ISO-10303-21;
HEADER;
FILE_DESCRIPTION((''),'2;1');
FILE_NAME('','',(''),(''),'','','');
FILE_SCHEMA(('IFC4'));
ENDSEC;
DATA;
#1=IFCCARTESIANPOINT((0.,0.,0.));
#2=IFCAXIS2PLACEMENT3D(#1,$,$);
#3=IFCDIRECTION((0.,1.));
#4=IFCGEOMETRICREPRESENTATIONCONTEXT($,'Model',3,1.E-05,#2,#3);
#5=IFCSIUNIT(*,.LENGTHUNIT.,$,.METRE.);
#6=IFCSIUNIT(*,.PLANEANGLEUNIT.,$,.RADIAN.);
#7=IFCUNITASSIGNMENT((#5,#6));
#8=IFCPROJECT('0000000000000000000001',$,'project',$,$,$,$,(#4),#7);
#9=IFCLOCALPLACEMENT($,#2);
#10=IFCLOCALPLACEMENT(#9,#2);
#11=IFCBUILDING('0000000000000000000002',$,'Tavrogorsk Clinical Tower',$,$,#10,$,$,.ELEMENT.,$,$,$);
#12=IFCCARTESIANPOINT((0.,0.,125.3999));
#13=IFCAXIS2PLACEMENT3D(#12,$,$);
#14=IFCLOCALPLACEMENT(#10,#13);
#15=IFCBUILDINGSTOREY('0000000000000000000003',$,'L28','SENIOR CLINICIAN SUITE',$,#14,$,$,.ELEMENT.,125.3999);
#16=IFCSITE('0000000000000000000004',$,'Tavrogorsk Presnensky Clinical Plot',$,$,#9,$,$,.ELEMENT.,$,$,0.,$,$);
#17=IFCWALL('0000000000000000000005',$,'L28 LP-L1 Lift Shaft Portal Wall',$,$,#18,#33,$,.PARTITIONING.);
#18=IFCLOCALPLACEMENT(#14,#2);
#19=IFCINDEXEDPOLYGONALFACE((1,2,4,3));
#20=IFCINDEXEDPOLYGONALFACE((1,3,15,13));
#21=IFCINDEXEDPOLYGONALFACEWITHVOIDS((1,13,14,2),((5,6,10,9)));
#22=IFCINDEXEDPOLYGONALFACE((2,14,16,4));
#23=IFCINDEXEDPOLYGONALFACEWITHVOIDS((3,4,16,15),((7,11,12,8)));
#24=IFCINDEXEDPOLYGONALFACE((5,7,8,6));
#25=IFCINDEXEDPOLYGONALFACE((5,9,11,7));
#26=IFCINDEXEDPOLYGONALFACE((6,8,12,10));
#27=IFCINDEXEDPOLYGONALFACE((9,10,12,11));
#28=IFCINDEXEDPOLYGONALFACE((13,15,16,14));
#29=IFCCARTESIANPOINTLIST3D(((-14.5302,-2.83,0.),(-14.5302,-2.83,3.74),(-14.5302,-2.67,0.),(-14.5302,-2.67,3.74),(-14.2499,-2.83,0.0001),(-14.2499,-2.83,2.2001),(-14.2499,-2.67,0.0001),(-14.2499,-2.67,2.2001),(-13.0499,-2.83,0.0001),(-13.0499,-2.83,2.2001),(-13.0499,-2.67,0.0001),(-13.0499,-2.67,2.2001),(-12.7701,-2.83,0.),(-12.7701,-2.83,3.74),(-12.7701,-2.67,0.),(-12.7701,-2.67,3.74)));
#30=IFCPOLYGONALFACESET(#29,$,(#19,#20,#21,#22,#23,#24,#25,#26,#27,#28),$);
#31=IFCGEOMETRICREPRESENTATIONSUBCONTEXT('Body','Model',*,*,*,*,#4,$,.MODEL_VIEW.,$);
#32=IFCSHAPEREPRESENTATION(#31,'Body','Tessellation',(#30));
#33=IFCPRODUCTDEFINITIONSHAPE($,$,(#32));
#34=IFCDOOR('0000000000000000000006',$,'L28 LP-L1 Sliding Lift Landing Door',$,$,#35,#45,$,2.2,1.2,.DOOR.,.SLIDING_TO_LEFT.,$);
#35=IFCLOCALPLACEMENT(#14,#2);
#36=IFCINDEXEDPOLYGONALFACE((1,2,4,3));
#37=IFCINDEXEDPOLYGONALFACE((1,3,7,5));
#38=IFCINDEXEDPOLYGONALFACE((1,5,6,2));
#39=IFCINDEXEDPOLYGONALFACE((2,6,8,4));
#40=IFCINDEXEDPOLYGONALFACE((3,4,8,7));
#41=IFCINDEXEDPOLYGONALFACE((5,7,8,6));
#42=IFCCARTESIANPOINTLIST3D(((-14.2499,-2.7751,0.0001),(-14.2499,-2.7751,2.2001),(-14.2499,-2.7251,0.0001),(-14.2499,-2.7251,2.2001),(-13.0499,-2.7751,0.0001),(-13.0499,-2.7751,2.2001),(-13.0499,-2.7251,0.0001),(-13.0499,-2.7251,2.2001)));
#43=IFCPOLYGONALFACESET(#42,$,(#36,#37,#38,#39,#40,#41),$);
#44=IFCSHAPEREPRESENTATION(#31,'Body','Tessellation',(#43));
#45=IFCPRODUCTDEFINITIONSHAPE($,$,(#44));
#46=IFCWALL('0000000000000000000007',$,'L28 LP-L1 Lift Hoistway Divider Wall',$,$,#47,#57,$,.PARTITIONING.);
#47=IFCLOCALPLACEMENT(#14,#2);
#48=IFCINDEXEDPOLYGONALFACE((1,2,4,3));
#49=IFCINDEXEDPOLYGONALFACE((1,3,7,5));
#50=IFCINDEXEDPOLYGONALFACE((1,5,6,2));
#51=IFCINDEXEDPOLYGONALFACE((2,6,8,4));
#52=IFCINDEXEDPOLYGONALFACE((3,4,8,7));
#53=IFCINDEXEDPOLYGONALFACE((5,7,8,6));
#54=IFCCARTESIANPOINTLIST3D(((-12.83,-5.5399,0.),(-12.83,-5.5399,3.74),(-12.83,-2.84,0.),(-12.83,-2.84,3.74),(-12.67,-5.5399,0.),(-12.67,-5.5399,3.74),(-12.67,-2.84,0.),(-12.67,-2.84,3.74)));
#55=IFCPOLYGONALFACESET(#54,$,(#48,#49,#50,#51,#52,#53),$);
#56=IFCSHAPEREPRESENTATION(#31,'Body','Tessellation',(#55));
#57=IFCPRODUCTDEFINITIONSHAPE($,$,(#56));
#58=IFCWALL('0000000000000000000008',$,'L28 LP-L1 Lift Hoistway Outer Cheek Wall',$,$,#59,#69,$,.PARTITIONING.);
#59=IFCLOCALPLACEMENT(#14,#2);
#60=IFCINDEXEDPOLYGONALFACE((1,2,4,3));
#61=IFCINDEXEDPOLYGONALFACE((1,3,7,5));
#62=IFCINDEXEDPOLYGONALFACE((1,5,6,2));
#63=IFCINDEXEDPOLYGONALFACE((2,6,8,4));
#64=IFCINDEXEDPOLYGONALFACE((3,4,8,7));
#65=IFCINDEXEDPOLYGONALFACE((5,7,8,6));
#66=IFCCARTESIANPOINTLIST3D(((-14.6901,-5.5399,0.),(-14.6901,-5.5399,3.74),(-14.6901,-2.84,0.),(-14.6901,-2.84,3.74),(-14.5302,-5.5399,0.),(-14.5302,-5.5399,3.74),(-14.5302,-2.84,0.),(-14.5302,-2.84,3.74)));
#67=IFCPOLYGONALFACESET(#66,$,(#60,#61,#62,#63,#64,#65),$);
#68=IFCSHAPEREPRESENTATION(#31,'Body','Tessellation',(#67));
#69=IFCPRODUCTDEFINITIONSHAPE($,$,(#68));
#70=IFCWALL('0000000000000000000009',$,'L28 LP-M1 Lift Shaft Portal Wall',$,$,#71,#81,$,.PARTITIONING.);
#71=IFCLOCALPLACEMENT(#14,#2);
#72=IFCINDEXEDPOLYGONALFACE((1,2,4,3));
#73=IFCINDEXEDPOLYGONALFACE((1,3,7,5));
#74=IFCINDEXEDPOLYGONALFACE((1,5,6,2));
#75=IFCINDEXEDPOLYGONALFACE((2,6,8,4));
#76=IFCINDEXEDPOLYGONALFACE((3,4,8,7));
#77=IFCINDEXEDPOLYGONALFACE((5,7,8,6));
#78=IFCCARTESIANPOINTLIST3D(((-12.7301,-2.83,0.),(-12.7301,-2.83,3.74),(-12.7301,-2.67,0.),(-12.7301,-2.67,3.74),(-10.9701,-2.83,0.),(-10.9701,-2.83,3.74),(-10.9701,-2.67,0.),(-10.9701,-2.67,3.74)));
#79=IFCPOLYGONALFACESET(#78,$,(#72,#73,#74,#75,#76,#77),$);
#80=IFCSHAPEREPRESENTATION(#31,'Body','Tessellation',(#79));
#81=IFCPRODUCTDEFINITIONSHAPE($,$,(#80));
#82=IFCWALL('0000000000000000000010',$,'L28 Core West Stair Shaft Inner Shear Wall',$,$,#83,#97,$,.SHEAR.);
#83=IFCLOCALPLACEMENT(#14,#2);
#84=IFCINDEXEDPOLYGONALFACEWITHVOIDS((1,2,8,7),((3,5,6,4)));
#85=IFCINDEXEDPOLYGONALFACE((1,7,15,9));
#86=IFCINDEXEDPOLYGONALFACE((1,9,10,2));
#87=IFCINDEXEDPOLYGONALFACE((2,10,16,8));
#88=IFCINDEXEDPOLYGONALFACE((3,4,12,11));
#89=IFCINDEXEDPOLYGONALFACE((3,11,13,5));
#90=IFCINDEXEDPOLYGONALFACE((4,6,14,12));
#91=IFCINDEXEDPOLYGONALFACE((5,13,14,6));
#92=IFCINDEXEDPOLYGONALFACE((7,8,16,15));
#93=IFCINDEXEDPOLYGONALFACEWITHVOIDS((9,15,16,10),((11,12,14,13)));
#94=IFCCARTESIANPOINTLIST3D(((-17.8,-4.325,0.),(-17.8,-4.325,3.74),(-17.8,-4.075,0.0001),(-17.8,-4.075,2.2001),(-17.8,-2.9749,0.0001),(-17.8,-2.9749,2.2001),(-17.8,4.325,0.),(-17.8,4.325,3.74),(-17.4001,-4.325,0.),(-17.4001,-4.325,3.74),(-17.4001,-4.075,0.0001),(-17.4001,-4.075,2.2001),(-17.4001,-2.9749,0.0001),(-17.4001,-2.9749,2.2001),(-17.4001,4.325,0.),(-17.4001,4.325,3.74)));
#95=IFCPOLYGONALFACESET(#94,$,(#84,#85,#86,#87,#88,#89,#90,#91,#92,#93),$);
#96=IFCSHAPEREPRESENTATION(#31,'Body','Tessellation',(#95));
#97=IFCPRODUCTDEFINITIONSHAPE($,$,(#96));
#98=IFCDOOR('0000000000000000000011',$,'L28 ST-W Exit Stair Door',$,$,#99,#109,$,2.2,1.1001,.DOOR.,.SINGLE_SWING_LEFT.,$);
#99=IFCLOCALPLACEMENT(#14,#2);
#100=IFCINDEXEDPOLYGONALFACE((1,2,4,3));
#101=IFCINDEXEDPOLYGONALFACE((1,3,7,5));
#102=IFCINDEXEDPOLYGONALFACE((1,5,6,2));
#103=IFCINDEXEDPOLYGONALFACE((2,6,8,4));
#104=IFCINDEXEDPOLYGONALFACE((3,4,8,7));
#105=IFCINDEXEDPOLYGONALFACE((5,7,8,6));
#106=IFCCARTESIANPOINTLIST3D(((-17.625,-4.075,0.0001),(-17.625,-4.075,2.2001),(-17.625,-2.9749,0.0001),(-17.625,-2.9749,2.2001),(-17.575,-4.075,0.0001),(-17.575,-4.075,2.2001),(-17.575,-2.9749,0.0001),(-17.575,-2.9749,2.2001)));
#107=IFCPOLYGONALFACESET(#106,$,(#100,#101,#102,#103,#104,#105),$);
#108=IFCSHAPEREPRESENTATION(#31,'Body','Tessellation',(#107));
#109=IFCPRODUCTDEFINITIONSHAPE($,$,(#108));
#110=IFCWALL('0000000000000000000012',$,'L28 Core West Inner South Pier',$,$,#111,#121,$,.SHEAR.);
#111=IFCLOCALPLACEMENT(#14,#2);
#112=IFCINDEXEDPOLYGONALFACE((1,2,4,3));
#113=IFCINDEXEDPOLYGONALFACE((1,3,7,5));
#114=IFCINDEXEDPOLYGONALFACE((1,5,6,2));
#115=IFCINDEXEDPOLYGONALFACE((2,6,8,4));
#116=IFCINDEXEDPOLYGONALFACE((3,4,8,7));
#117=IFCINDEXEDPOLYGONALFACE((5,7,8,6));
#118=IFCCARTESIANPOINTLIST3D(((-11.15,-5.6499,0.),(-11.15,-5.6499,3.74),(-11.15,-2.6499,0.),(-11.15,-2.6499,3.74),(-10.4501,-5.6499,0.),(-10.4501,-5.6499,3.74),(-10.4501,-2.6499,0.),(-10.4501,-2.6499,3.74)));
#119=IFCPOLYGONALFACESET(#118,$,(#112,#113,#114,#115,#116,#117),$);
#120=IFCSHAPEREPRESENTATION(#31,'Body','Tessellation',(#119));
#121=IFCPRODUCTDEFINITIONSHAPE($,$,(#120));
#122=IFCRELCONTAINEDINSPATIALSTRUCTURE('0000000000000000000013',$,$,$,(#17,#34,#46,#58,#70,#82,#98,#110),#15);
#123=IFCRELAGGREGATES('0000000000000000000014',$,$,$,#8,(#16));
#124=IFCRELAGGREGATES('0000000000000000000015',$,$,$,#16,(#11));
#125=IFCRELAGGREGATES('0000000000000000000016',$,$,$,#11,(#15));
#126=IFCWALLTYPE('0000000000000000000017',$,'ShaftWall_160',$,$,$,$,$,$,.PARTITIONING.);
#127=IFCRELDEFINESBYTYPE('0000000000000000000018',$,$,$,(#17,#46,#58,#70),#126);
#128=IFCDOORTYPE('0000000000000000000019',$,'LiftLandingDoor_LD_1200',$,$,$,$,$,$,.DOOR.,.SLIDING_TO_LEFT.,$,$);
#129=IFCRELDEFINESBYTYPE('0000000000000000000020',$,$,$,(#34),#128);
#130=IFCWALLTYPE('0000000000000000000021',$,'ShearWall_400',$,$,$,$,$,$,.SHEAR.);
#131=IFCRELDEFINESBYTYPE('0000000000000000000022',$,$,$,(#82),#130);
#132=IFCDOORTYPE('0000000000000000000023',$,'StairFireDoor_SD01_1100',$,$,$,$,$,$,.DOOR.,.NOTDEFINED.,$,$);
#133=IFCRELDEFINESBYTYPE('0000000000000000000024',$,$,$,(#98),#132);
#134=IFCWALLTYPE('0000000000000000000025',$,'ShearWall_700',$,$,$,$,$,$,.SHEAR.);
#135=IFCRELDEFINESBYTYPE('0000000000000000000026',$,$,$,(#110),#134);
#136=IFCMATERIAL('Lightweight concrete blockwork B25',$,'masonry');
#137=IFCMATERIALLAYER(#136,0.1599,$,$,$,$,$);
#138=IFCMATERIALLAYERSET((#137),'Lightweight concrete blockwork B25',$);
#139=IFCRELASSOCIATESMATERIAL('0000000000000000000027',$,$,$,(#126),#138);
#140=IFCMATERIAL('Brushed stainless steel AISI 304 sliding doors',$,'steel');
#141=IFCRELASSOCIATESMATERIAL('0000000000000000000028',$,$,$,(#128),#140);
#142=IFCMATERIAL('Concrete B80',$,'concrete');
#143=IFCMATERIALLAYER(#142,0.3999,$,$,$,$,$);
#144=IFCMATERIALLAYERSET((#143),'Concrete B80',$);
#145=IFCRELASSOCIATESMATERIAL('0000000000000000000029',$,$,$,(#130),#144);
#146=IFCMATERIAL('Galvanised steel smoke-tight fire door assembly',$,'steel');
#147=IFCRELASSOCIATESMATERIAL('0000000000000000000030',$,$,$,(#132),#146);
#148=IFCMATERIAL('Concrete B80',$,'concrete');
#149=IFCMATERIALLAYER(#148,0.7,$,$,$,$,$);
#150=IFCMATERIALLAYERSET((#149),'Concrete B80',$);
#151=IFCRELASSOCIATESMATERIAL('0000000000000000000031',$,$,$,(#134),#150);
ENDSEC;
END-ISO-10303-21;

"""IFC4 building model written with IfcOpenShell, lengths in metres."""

from ifc_helpers import new_model, si_unit, direction, frame, frame_2d, origin, place, context, subcontext, project, spatial, rectangle, extrude, material, layer, layer_set, type_object, element, fill, save


model = new_model("IFC4")

# Units and contexts
model_context = context("Model", 3, precision=1e-05, world=origin(), true_north=direction((0.0, 1.0)))
body_context = subcontext(model_context, "Body", "Model", "MODEL_VIEW")
ifc_project = project(units=[si_unit("LENGTHUNIT", "METRE"), si_unit("PLANEANGLEUNIT", "RADIAN")], contexts=[model_context])

# Site, building, storey
site_placement = place(None, origin())
site = spatial("IfcSite", under=ifc_project, at=site_placement, Name="Tavrogorsk Presnensky Clinical Plot", CompositionType="ELEMENT", RefElevation=0.0)
building_placement = place(site_placement, origin())
building = spatial("IfcBuilding", under=site, at=building_placement, Name="Tavrogorsk Clinical Tower", CompositionType="ELEMENT")
storey_placement = place(building_placement, frame((0.0, 0.0, 125.3999)))
storey = spatial("IfcBuildingStorey", under=building, at=storey_placement, Name="L28", Description="SENIOR CLINICIAN SUITE", CompositionType="ELEMENT", Elevation=125.3999)

# Wall, opening, door
ifc_material_1 = material(Name="Lightweight concrete blockwork B25", Category="masonry")
ifc_layer_1 = layer(ifc_material_1, 0.1599)
ifc_layer_set_1 = layer_set([ifc_layer_1], Name="Lightweight concrete blockwork B25")
wall_type_1 = type_object("IfcWallType", Name="ShaftWall_160", PredefinedType="PARTITIONING", material=ifc_layer_set_1)
wall_1_placement = place(storey_placement, frame((-14.53, -2.75, 0.0), z_axis=(0.0, 0.0, 1.0), x_axis=(1.0, 0.0, 0.0)))
wall_1 = element("IfcWall", 1, at=wall_1_placement, inside=storey, type_object=wall_type_1, Name="L28 LP-L1 Lift Shaft Portal Wall", PredefinedType="PARTITIONING", context=body_context, shape_type="SweptSolid", body=[
    extrude(rectangle(XDim=1.76, YDim=0.1599, at=frame_2d((0.8799, 0.0))), origin(), (0.0, 0.0, 1.0), 3.74),
])
opening_1_placement = place(wall_1_placement, frame((0.28, 0.0, 0.0)))
opening_1 = element("IfcOpeningElement", 2, at=opening_1_placement, cuts=wall_1, PredefinedType="OPENING", context=body_context, shape_type="SweptSolid", body=[
    extrude(rectangle(XDim=1.2, YDim=2.2, at=frame_2d((0.6001, 1.1001))), frame((0.0, 0.0898, 0.0), z_axis=(0.0, -1.0, 0.0), x_axis=(1.0, 0.0, 0.0)), (0.0, 0.0, 1.0), 0.1799),
])
ifc_material_2 = material(Name="Brushed stainless steel AISI 304 sliding doors", Category="steel")
door_type_1 = type_object("IfcDoorType", Name="LiftLandingDoor_LD_1200", OperationType="SLIDING_TO_LEFT", PredefinedType="DOOR", material=ifc_material_2)
door_1_placement = place(opening_1_placement, origin())
door_1 = element("IfcDoor", 3, at=door_1_placement, inside=storey, type_object=door_type_1, Name="L28 LP-L1 Sliding Lift Landing Door", OperationType="SLIDING_TO_LEFT", OverallHeight=2.2, OverallWidth=1.2, PredefinedType="DOOR", context=body_context, shape_type="SweptSolid", body=[
    extrude(rectangle(XDim=1.2, YDim=2.2, at=frame_2d((0.6001, 1.1001))), frame((0.0, 0.0249, 0.0), z_axis=(0.0, -1.0, 0.0), x_axis=(1.0, 0.0, 0.0)), (0.0, 0.0, 1.0), 0.05),
])
fill(opening_1, door_1)

# Walls
for number, where, z_axis, x_axis, name in (
    (4, (-12.75, -5.54, 0.0), (0.0, 0.0, 1.0), (0.0, 1.0, 0.0), "L28 LP-L1 Lift Hoistway Divider Wall"),
    (5, (-14.6101, -5.54, 0.0), (0.0, 0.0, 1.0), (0.0, 1.0, 0.0), "L28 LP-L1 Lift Hoistway Outer Cheek Wall"),
):
    element("IfcWall", number, at=place(storey_placement, frame(where, z_axis=z_axis, x_axis=x_axis)), inside=storey, type_object=wall_type_1, Name=name, PredefinedType="PARTITIONING", context=body_context, shape_type="SweptSolid", body=[
        extrude(rectangle(XDim=2.7, YDim=0.1599, at=frame_2d((1.3501, 0.0))), origin(), (0.0, 0.0, 1.0), 3.74),
    ])
wall_2_placement = place(storey_placement, frame((-12.73, -2.75, 0.0), z_axis=(0.0, 0.0, 1.0), x_axis=(1.0, 0.0, 0.0)))
element("IfcWall", 6, at=wall_2_placement, inside=storey, type_object=wall_type_1, Name="L28 LP-M1 Lift Shaft Portal Wall", PredefinedType="PARTITIONING", context=body_context, shape_type="SweptSolid", body=[
    extrude(rectangle(XDim=1.76, YDim=0.1599, at=frame_2d((0.8799, 0.0))), origin(), (0.0, 0.0, 1.0), 3.74),
])

# Wall, opening, door
ifc_material_3 = material(Name="Concrete B80", Category="concrete")
ifc_layer_2 = layer(ifc_material_3, 0.3999)
ifc_layer_set_2 = layer_set([ifc_layer_2], Name="Concrete B80")
wall_type_2 = type_object("IfcWallType", Name="ShearWall_400", PredefinedType="SHEAR", material=ifc_layer_set_2)
wall_3_placement = place(storey_placement, frame((-17.6001, -4.325, 0.0), z_axis=(0.0, 0.0, 1.0), x_axis=(0.0, 1.0, 0.0)))
wall_3 = element("IfcWall", 7, at=wall_3_placement, inside=storey, type_object=wall_type_2, Name="L28 Core West Stair Shaft Inner Shear Wall", PredefinedType="SHEAR", context=body_context, shape_type="SweptSolid", body=[
    extrude(rectangle(XDim=8.6499, YDim=0.3999, at=frame_2d((4.325, 0.0))), origin(), (0.0, 0.0, 1.0), 3.74),
])
opening_2_placement = place(wall_3_placement, frame((0.25, 0.0, 0.0)))
opening_2 = element("IfcOpeningElement", 8, at=opening_2_placement, cuts=wall_3, PredefinedType="OPENING", context=body_context, shape_type="SweptSolid", body=[
    extrude(rectangle(XDim=1.1001, YDim=2.2, at=frame_2d((0.55, 1.1001))), frame((0.0, 0.21, 0.0), z_axis=(0.0, -1.0, 0.0), x_axis=(1.0, 0.0, 0.0)), (0.0, 0.0, 1.0), 0.4199),
])
ifc_material_4 = material(Name="Galvanised steel smoke-tight fire door assembly", Category="steel")
door_type_2 = type_object("IfcDoorType", Name="StairFireDoor_SD01_1100", OperationType="NOTDEFINED", PredefinedType="DOOR", material=ifc_material_4)
door_2_placement = place(opening_2_placement, origin())
door_2 = element("IfcDoor", 9, at=door_2_placement, inside=storey, type_object=door_type_2, Name="L28 ST-W Exit Stair Door", OperationType="SINGLE_SWING_LEFT", OverallHeight=2.2, OverallWidth=1.1001, PredefinedType="DOOR", context=body_context, shape_type="SweptSolid", body=[
    extrude(rectangle(XDim=1.1001, YDim=2.2, at=frame_2d((0.55, 1.1001))), frame((0.0, 0.0249, 0.0), z_axis=(0.0, -1.0, 0.0), x_axis=(1.0, 0.0, 0.0)), (0.0, 0.0, 1.0), 0.05),
])
fill(opening_2, door_2)

# Wall
ifc_material_5 = material(Name="Concrete B80", Category="concrete")
ifc_layer_3 = layer(ifc_material_5, 0.7)
ifc_layer_set_3 = layer_set([ifc_layer_3], Name="Concrete B80")
wall_type_3 = type_object("IfcWallType", Name="ShearWall_700", PredefinedType="SHEAR", material=ifc_layer_set_3)
wall_4_placement = place(storey_placement, frame((-10.8, -5.6499, 0.0), z_axis=(0.0, 0.0, 1.0), x_axis=(0.0, 1.0, 0.0)))
element("IfcWall", 10, at=wall_4_placement, inside=storey, type_object=wall_type_3, Name="L28 Core West Inner South Pier", PredefinedType="SHEAR", context=body_context, shape_type="SweptSolid", body=[
    extrude(rectangle(XDim=3.0, YDim=0.7, at=frame_2d((1.5, 0.0))), origin(), (0.0, 0.0, 1.0), 3.74),
])

save(model, "model.ifc")
